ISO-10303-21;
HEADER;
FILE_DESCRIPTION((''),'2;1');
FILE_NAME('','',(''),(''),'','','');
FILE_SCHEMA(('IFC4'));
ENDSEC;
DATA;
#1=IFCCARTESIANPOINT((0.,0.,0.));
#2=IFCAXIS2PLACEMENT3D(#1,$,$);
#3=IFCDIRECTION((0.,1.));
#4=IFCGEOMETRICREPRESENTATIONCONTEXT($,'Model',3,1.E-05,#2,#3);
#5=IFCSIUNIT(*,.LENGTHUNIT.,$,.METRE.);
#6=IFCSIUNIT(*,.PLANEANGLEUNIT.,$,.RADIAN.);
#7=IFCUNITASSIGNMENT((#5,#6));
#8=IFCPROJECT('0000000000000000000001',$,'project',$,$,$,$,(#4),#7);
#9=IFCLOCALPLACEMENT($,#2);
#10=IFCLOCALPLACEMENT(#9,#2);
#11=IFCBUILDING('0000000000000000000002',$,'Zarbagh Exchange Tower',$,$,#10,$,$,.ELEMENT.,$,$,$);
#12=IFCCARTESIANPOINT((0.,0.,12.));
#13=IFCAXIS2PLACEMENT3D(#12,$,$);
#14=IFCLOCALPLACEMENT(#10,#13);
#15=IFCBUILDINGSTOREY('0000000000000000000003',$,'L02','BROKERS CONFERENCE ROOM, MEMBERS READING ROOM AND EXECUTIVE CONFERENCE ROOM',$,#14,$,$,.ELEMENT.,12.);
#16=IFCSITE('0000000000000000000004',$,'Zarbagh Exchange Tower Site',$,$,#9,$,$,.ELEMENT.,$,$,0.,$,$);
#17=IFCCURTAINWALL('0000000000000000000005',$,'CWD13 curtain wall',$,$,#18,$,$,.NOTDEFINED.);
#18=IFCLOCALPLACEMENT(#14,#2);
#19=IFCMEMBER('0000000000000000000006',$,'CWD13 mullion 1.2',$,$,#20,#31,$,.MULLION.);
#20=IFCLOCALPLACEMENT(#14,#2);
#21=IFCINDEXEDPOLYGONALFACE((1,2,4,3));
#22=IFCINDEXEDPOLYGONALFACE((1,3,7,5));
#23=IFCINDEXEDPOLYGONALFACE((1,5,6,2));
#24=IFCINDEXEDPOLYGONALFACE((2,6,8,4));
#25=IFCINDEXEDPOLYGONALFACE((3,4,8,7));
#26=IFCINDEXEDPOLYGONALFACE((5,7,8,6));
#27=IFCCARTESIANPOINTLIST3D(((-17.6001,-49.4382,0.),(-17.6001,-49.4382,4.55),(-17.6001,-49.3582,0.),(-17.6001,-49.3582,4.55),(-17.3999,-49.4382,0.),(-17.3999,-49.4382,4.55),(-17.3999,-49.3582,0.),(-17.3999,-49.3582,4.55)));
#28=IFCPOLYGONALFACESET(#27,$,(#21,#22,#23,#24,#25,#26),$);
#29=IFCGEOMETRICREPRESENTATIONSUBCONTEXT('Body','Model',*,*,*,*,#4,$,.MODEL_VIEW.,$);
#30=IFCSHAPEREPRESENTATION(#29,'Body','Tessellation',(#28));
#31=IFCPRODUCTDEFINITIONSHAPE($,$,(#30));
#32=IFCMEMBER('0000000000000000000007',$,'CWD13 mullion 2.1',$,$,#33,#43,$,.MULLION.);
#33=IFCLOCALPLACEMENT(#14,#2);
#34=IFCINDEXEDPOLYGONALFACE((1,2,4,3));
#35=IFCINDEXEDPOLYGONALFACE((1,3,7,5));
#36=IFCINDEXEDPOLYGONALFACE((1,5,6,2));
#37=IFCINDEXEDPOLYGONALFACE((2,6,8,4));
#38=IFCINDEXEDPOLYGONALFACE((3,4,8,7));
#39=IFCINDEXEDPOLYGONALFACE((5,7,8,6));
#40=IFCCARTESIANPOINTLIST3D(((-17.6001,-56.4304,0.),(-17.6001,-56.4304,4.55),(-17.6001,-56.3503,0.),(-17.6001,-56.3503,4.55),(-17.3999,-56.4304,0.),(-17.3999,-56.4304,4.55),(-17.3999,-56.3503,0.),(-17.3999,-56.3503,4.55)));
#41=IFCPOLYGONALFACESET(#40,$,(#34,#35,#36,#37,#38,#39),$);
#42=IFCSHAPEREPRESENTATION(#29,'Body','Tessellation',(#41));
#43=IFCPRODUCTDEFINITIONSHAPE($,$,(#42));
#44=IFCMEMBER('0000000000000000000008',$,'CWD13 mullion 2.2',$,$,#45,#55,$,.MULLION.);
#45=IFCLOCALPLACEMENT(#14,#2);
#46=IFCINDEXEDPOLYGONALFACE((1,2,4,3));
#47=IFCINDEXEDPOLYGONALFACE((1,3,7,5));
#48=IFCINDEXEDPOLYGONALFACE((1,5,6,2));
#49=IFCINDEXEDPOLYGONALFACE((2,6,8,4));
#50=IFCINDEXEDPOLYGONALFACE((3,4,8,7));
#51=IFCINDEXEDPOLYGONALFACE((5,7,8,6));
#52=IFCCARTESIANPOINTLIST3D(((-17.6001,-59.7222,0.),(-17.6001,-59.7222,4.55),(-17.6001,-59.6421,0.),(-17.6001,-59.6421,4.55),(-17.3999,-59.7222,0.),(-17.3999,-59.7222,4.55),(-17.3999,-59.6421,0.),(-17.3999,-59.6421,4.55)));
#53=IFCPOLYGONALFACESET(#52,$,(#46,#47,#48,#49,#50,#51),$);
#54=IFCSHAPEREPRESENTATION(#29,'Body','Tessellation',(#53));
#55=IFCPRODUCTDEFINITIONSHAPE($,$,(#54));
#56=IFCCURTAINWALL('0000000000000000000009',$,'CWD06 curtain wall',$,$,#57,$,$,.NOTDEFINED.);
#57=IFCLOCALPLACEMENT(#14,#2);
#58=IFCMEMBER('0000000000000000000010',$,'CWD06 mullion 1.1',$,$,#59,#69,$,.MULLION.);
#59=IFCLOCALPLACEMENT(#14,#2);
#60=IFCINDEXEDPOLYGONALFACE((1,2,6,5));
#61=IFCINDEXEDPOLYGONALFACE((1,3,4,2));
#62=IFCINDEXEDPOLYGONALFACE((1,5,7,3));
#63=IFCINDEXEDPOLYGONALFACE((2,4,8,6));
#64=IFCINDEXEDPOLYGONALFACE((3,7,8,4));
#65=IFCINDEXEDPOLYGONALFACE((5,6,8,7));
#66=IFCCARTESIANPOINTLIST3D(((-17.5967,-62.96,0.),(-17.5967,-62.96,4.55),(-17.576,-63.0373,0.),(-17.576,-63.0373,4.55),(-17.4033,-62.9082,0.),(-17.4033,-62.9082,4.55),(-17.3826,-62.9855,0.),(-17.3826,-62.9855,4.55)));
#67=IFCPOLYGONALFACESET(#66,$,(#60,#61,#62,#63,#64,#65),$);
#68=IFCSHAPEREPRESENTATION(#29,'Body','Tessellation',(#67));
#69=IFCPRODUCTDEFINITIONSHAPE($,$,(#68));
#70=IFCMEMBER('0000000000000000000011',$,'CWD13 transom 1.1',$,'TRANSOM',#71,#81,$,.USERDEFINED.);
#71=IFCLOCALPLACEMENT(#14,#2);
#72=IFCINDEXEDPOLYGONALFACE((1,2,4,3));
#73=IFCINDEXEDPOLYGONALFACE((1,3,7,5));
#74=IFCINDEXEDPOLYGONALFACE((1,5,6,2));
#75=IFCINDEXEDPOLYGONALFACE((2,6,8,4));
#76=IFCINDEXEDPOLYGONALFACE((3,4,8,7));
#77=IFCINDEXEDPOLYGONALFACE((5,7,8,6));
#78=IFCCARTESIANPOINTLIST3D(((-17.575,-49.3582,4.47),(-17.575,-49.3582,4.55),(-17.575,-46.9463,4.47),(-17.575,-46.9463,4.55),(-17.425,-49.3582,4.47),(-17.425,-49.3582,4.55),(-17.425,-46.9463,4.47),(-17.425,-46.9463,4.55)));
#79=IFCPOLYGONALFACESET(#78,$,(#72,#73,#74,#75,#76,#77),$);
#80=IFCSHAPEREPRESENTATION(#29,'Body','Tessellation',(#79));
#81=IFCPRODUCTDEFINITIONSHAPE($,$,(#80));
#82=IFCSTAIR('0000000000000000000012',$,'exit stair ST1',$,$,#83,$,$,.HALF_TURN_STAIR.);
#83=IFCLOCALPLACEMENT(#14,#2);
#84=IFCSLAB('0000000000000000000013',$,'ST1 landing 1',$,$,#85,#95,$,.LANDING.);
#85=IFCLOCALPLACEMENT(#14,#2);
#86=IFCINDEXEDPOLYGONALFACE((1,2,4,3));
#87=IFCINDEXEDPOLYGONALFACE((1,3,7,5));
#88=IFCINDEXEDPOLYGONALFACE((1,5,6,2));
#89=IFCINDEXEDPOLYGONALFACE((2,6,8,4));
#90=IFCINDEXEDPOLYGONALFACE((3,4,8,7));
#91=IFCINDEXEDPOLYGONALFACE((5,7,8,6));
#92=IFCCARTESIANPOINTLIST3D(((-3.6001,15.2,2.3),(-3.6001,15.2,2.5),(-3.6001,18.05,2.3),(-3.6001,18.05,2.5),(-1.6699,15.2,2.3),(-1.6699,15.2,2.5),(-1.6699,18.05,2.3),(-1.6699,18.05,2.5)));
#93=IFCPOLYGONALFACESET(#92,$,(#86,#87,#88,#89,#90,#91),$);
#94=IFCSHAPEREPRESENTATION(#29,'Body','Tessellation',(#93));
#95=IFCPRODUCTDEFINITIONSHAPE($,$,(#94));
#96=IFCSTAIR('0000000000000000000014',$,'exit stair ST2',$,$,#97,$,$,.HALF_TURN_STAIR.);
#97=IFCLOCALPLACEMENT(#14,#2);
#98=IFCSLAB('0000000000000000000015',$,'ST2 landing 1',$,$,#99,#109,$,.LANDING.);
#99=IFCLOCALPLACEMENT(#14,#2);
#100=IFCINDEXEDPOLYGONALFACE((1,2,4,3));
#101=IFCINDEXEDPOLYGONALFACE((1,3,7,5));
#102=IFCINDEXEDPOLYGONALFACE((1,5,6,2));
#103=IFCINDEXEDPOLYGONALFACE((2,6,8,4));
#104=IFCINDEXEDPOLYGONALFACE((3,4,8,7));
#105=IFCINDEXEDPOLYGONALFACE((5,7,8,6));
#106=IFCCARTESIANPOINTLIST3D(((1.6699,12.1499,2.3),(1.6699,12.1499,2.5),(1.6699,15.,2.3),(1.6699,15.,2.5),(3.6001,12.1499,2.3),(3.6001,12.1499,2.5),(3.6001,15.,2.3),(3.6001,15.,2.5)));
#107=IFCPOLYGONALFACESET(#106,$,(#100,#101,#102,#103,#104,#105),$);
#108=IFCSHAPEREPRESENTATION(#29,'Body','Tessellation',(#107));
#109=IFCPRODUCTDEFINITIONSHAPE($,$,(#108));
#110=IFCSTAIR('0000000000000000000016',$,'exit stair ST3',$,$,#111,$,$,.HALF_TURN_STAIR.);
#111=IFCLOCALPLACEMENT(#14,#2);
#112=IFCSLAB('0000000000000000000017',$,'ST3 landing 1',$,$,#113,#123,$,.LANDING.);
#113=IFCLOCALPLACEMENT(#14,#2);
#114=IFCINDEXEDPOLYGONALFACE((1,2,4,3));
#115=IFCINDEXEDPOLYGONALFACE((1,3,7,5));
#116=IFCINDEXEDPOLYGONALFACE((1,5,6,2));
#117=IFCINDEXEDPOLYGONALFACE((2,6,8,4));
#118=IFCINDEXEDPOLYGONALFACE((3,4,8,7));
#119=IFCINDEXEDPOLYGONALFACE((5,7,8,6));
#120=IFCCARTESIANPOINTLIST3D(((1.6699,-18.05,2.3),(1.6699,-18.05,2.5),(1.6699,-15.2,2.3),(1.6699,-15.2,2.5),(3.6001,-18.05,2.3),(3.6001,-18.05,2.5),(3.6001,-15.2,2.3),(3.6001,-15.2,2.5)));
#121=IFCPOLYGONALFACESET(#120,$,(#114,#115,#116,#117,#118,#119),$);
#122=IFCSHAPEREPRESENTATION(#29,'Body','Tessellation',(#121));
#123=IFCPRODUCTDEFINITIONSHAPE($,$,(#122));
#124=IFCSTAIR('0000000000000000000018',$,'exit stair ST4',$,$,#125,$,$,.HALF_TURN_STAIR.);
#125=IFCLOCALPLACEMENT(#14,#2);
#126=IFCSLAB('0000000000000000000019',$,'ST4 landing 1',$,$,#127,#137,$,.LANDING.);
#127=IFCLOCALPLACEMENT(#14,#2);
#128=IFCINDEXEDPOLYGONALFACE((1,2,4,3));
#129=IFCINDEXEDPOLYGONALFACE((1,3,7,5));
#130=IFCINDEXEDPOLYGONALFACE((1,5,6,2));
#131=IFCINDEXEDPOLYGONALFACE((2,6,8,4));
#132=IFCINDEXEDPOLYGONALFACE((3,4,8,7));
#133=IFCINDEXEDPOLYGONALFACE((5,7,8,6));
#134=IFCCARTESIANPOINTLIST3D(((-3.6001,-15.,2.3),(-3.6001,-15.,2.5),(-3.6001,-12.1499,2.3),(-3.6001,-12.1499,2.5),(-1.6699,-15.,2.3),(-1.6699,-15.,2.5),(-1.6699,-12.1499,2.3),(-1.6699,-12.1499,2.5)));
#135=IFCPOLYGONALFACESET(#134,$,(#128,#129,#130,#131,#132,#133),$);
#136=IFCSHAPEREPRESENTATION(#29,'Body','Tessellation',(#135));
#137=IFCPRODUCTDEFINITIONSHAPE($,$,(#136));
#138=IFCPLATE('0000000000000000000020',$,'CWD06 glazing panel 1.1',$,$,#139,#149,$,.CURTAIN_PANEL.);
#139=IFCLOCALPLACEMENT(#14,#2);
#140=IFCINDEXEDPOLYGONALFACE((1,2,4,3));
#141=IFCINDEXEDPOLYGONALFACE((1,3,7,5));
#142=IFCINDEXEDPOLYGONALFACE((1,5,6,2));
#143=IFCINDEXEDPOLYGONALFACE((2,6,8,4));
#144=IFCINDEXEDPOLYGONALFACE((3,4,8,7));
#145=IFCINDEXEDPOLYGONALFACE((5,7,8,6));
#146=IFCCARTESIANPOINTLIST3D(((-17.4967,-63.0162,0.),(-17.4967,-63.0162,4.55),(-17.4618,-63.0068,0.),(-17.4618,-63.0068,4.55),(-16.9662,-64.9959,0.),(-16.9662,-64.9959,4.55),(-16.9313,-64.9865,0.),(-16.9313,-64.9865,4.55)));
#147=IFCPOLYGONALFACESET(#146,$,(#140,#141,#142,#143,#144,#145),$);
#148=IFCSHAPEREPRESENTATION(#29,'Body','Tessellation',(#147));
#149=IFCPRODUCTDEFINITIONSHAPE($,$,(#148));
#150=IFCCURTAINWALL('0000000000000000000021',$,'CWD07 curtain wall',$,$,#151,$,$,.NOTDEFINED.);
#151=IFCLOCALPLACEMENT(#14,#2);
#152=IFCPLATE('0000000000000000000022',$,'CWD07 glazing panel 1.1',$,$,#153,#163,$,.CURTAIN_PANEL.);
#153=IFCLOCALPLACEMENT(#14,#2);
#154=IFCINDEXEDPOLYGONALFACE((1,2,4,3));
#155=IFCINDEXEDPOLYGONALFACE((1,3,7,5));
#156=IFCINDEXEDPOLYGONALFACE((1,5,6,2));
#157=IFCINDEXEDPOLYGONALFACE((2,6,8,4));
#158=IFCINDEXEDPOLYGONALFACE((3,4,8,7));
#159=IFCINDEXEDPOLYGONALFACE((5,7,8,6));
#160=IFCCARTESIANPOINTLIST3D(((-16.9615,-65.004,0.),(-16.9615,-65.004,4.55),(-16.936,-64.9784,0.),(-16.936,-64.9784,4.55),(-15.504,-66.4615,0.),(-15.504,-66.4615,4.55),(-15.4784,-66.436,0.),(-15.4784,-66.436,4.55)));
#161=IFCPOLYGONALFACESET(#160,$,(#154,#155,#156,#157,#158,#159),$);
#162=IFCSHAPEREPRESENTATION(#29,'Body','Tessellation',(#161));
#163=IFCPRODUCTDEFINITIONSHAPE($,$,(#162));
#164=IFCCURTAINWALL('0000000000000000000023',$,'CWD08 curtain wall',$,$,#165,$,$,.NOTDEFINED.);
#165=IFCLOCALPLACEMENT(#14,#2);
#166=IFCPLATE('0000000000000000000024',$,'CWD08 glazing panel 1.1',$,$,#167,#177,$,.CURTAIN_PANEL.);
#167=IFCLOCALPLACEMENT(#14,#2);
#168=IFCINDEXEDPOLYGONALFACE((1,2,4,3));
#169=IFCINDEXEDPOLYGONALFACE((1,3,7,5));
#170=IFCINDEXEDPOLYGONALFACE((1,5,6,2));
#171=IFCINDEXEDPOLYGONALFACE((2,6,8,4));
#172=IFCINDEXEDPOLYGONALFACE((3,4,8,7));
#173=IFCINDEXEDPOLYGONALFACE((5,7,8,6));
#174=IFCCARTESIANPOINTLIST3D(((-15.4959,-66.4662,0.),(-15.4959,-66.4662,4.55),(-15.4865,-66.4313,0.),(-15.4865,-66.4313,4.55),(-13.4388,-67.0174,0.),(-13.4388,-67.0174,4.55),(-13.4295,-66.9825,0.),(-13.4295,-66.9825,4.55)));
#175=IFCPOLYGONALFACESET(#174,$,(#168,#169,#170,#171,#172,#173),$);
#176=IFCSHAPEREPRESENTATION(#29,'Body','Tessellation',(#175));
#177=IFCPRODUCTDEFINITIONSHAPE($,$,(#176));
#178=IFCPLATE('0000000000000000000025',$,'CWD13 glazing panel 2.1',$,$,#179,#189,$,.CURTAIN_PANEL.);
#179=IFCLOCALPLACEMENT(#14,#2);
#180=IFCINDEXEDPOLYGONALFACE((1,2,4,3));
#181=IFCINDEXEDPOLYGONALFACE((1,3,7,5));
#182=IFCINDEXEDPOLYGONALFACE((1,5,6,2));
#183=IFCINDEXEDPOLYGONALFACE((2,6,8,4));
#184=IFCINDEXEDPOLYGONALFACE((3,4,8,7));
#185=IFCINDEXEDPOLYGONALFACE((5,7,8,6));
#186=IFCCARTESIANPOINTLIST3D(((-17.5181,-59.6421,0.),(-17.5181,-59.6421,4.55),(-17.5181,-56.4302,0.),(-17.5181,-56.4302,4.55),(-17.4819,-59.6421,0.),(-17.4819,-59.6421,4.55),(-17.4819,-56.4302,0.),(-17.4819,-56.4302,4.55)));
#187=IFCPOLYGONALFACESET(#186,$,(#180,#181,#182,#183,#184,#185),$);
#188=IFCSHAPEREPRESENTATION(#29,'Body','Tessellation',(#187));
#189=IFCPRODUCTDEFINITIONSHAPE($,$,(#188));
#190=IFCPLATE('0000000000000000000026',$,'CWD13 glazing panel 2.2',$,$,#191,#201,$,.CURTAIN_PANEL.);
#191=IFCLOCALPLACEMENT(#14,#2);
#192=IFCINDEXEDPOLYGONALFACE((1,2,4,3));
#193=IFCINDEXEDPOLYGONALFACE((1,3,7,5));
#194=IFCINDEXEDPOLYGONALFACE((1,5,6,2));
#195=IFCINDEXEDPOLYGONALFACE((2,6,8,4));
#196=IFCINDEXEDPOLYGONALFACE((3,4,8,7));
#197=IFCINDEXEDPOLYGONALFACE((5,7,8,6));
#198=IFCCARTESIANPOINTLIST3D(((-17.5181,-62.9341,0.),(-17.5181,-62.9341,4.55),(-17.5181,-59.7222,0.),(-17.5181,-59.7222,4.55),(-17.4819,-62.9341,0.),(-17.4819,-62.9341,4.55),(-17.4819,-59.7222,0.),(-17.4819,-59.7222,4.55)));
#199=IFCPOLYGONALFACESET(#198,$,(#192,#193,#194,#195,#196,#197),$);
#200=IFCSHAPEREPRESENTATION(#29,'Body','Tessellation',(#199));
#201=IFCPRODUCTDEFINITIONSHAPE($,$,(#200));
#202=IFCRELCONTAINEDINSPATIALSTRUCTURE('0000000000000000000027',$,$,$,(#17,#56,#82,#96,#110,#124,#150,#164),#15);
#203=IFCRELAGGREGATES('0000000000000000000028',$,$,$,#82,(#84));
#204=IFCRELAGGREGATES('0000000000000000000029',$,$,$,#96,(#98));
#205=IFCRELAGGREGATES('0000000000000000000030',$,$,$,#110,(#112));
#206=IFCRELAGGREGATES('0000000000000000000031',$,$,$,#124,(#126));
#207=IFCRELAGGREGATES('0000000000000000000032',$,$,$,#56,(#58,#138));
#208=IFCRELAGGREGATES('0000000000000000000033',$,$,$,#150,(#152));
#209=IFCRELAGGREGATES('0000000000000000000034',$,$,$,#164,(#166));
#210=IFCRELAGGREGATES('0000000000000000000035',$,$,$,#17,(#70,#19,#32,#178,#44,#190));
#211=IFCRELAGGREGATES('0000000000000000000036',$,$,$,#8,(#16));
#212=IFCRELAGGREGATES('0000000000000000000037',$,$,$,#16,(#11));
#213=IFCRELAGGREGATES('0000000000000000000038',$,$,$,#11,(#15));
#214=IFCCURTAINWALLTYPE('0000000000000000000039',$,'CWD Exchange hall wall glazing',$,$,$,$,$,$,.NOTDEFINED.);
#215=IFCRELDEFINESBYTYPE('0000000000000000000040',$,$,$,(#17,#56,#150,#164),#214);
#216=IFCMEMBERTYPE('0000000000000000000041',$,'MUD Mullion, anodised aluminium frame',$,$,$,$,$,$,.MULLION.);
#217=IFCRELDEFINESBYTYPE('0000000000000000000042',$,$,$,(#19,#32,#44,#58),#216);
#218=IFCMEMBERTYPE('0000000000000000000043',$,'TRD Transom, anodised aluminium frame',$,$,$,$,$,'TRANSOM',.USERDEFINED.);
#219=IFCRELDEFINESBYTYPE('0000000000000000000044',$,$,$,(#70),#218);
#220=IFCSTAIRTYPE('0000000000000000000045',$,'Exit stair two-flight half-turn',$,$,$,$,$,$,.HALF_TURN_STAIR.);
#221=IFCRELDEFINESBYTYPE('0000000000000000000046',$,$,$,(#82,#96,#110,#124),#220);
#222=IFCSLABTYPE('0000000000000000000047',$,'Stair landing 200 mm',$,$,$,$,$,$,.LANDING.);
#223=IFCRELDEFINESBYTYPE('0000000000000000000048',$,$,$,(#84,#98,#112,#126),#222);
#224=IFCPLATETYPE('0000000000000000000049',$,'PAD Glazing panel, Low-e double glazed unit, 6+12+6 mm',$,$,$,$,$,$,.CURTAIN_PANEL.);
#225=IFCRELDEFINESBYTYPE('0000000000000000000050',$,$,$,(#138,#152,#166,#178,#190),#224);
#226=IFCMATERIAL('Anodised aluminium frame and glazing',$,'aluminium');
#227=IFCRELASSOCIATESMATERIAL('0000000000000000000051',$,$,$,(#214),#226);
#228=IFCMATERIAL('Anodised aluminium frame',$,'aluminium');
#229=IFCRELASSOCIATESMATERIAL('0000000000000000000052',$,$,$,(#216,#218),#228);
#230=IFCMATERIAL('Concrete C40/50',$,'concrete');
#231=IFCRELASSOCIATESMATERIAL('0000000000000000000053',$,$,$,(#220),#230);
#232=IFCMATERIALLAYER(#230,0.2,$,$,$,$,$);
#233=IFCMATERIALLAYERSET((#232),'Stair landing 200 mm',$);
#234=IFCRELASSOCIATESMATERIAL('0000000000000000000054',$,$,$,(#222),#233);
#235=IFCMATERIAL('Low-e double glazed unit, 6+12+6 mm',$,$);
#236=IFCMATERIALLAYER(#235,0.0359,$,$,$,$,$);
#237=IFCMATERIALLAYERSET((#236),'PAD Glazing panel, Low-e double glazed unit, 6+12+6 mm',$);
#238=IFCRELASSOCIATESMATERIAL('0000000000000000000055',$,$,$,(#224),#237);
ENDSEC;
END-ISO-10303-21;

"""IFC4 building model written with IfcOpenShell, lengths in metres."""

from ifc_helpers import new_model, si_unit, direction, frame, origin, place, context, subcontext, project, spatial, polyline, outline, extrude, source, transform, mapped, material, layer, layer_set, type_object, element, aggregate, save


model = new_model("IFC4")

# Units and contexts
model_context = context("Model", 3, precision=1e-05, world=origin(), true_north=direction((0.0, 1.0)))
body_context = subcontext(model_context, "Body", "Model", "MODEL_VIEW")
ifc_project = project(units=[si_unit("LENGTHUNIT", "METRE"), si_unit("PLANEANGLEUNIT", "RADIAN")], contexts=[model_context])

# Site, building, storey
site_placement = place(None, origin())
site = spatial("IfcSite", under=ifc_project, at=site_placement, Name="Zarbagh Exchange Tower Site", CompositionType="ELEMENT", RefElevation=0.0)
building_placement = place(site_placement, origin())
building = spatial("IfcBuilding", under=site, at=building_placement, Name="Zarbagh Exchange Tower", CompositionType="ELEMENT")
storey_placement = place(building_placement, frame((0.0, 0.0, 12.0)))
storey = spatial("IfcBuildingStorey", under=building, at=storey_placement, Name="L02", Description="BROKERS CONFERENCE ROOM, MEMBERS READING ROOM AND EXECUTIVE CONFERENCE ROOM", CompositionType="ELEMENT", Elevation=12.0)

# Curtain wall, members
ifc_material_1 = material(Name="Anodised aluminium frame and glazing", Category="aluminium")
curtain_wall_type = type_object("IfcCurtainWallType", Name="CWD Exchange hall wall glazing", PredefinedType="NOTDEFINED", material=ifc_material_1)
curtain_wall_1_placement = place(storey_placement, origin())
curtain_wall_1 = element("IfcCurtainWall", 1, at=curtain_wall_1_placement, inside=storey, type_object=curtain_wall_type, Name="CWD13 curtain wall", PredefinedType="NOTDEFINED")
ifc_material_2 = material(Name="Anodised aluminium frame", Category="aluminium")
member_type_1 = type_object("IfcMemberType", Name="MUD Mullion, anodised aluminium frame", PredefinedType="MULLION", material=ifc_material_2)
shared_shape_1 = source(origin(), body_context, "Body", "SweptSolid", [
    extrude(outline(polyline([(0.0, -0.1001), (0.0801, -0.1001), (0.0801, 0.1001), (0.0, 0.1001), (0.0, -0.1001)])), origin(), (0.0, 0.0, 1.0), 4.55),
])
placement = place(storey_placement, origin())
member_1 = element("IfcMember", 2, at=placement, type_object=member_type_1, Name="CWD13 mullion 1.2", PredefinedType="MULLION", context=body_context, shape_type="MappedRepresentation", body=[
    mapped(shared_shape_1, transform((-17.5, -49.3582, 0.0), x_axis=(0.0, -1.0, 0.0), y_axis=(1.0, 0.0, 0.0), z_axis=(0.0, 0.0, 1.0))),
])
member_2 = element("IfcMember", 3, at=placement, type_object=member_type_1, Name="CWD13 mullion 2.1", PredefinedType="MULLION", context=body_context, shape_type="MappedRepresentation", body=[
    mapped(shared_shape_1, transform((-17.5, -56.3503, 0.0), x_axis=(0.0, -1.0, 0.0), y_axis=(1.0, 0.0, 0.0), z_axis=(0.0, 0.0, 1.0))),
])
member_3 = element("IfcMember", 4, at=placement, type_object=member_type_1, Name="CWD13 mullion 2.2", PredefinedType="MULLION", context=body_context, shape_type="MappedRepresentation", body=[
    mapped(shared_shape_1, transform((-17.5, -59.6421, 0.0), x_axis=(0.0, -1.0, 0.0), y_axis=(1.0, 0.0, 0.0), z_axis=(0.0, 0.0, 1.0))),
])

# Curtain wall, member
curtain_wall_2_placement = place(storey_placement, origin())
curtain_wall_2 = element("IfcCurtainWall", 5, at=curtain_wall_2_placement, inside=storey, type_object=curtain_wall_type, Name="CWD06 curtain wall", PredefinedType="NOTDEFINED")
member_4 = element("IfcMember", 6, at=placement, type_object=member_type_1, Name="CWD06 mullion 1.1", PredefinedType="MULLION", context=body_context, shape_type="MappedRepresentation", body=[
    mapped(shared_shape_1, transform((-17.5, -62.9341, 0.0), x_axis=(0.258825, -0.965924, 0.0), y_axis=(0.965924, 0.258825, 0.0), z_axis=(0.0, 0.0, 1.0))),
])

# Member
member_type_2 = type_object("IfcMemberType", Name="TRD Transom, anodised aluminium frame", ElementType="TRANSOM", PredefinedType="USERDEFINED", material=ifc_material_2)
shared_shape_2 = source(origin(), body_context, "Body", "SweptSolid", [
    extrude(outline(polyline([(-0.0801, -0.075), (0.0, -0.075), (0.0, 0.075), (-0.0801, 0.075), (-0.0801, -0.075)])), origin(), (0.0, 0.0, 1.0), 2.4119),
])
member_5 = element("IfcMember", 7, at=placement, type_object=member_type_2, Name="CWD13 transom 1.1", ObjectType="TRANSOM", PredefinedType="USERDEFINED", context=body_context, shape_type="MappedRepresentation", body=[
    mapped(shared_shape_2, transform((-17.5, -46.9463, 4.55), x_axis=(0.0, 0.0, 1.0), y_axis=(-1.0, 0.0, 0.0), z_axis=(0.0, -1.0, 0.0))),
])

# Stairs, slabs
ifc_material_3 = material(Name="Concrete C40/50", Category="concrete")
stair_type = type_object("IfcStairType", Name="Exit stair two-flight half-turn", PredefinedType="HALF_TURN_STAIR", material=ifc_material_3)
stair_1_placement = place(storey_placement, origin())
stair_1 = element("IfcStair", 8, at=stair_1_placement, inside=storey, type_object=stair_type, Name="exit stair ST1", PredefinedType="HALF_TURN_STAIR")
ifc_layer_1 = layer(ifc_material_3, 0.2)
ifc_layer_set_1 = layer_set([ifc_layer_1], Name="Stair landing 200 mm")
slab_type = type_object("IfcSlabType", Name="Stair landing 200 mm", PredefinedType="LANDING", material=ifc_layer_set_1)
slab_1_placement = place(storey_placement, frame((0.0, 0.0, 2.3)))
slab_1 = element("IfcSlab", 9, at=slab_1_placement, type_object=slab_type, Name="ST1 landing 1", PredefinedType="LANDING", context=body_context, shape_type="SweptSolid", body=[
    extrude(outline(polyline([(-1.6699, 18.05), (-3.6001, 18.05), (-3.6001, 15.2), (-1.6699, 15.2), (-1.6699, 18.05)])), origin(), (0.0, 0.0, 1.0), 0.2),
])
aggregate(stair_1, [slab_1])
stair_2_placement = place(storey_placement, origin())
stair_2 = element("IfcStair", 10, at=stair_2_placement, inside=storey, type_object=stair_type, Name="exit stair ST2", PredefinedType="HALF_TURN_STAIR")
slab_2_placement = place(storey_placement, frame((0.0, 0.0, 2.3)))
slab_2 = element("IfcSlab", 11, at=slab_2_placement, type_object=slab_type, Name="ST2 landing 1", PredefinedType="LANDING", context=body_context, shape_type="SweptSolid", body=[
    extrude(outline(polyline([(1.6699, 12.1499), (3.6001, 12.1499), (3.6001, 15.0), (1.6699, 15.0), (1.6699, 12.1499)])), origin(), (0.0, 0.0, 1.0), 0.2),
])
aggregate(stair_2, [slab_2])
stair_3_placement = place(storey_placement, origin())
stair_3 = element("IfcStair", 12, at=stair_3_placement, inside=storey, type_object=stair_type, Name="exit stair ST3", PredefinedType="HALF_TURN_STAIR")
slab_3_placement = place(storey_placement, frame((0.0, 0.0, 2.3)))
slab_3 = element("IfcSlab", 13, at=slab_3_placement, type_object=slab_type, Name="ST3 landing 1", PredefinedType="LANDING", context=body_context, shape_type="SweptSolid", body=[
    extrude(outline(polyline([(1.6699, -18.05), (3.6001, -18.05), (3.6001, -15.2), (1.6699, -15.2), (1.6699, -18.05)])), origin(), (0.0, 0.0, 1.0), 0.2),
])
aggregate(stair_3, [slab_3])
stair_4_placement = place(storey_placement, origin())
stair_4 = element("IfcStair", 14, at=stair_4_placement, inside=storey, type_object=stair_type, Name="exit stair ST4", PredefinedType="HALF_TURN_STAIR")
slab_4_placement = place(storey_placement, frame((0.0, 0.0, 2.3)))
slab_4 = element("IfcSlab", 15, at=slab_4_placement, type_object=slab_type, Name="ST4 landing 1", PredefinedType="LANDING", context=body_context, shape_type="SweptSolid", body=[
    extrude(outline(polyline([(-1.6699, -12.1499), (-3.6001, -12.1499), (-3.6001, -15.0), (-1.6699, -15.0), (-1.6699, -12.1499)])), origin(), (0.0, 0.0, 1.0), 0.2),
])
aggregate(stair_4, [slab_4])

# Plate
ifc_material_4 = material(Name="Low-e double glazed unit, 6+12+6 mm")
ifc_layer_2 = layer(ifc_material_4, 0.0359)
ifc_layer_set_2 = layer_set([ifc_layer_2], Name="PAD Glazing panel, Low-e double glazed unit, 6+12+6 mm")
plate_type = type_object("IfcPlateType", Name="PAD Glazing panel, Low-e double glazed unit, 6+12+6 mm", PredefinedType="CURTAIN_PANEL", material=ifc_layer_set_2)
shared_shape_3 = source(origin(), body_context, "Body", "SweptSolid", [
    extrude(outline(polyline([(0.0, -0.0181), (2.0496, -0.0181), (2.0496, 0.0181), (0.0, 0.0181), (0.0, -0.0181)])), origin(), (0.0, 0.0, 1.0), 4.55),
])
plate_1 = element("IfcPlate", 16, at=placement, type_object=plate_type, Name="CWD06 glazing panel 1.1", PredefinedType="CURTAIN_PANEL", context=body_context, shape_type="MappedRepresentation", body=[
    mapped(shared_shape_3, transform((-17.4792, -63.0115, 0.0), x_axis=(0.258825, -0.965924, 0.0), y_axis=(0.965924, 0.258825, 0.0), z_axis=(0.0, 0.0, 1.0))),
])
aggregate(curtain_wall_2, [member_4, plate_1])

# Curtain walls, plates
curtain_wall_3_placement = place(storey_placement, origin())
curtain_wall_3 = element("IfcCurtainWall", 17, at=curtain_wall_3_placement, inside=storey, type_object=curtain_wall_type, Name="CWD07 curtain wall", PredefinedType="NOTDEFINED")
shared_shape_4 = source(origin(), body_context, "Body", "SweptSolid", [
    extrude(outline(polyline([(0.0, -0.0181), (2.0613, -0.0181), (2.0613, 0.0181), (0.0, 0.0181), (0.0, -0.0181)])), origin(), (0.0, 0.0, 1.0), 4.55),
])
plate_2 = element("IfcPlate", 18, at=placement, type_object=plate_type, Name="CWD07 glazing panel 1.1", PredefinedType="CURTAIN_PANEL", context=body_context, shape_type="MappedRepresentation", body=[
    mapped(shared_shape_4, transform((-16.9487, -64.9912, 0.0), x_axis=(0.707107, -0.707107, 0.0), y_axis=(0.707107, 0.707107, 0.0), z_axis=(0.0, 0.0, 1.0))),
])
aggregate(curtain_wall_3, [plate_2])
curtain_wall_4_placement = place(storey_placement, origin())
curtain_wall_4 = element("IfcCurtainWall", 19, at=curtain_wall_4_placement, inside=storey, type_object=curtain_wall_type, Name="CWD08 curtain wall", PredefinedType="NOTDEFINED")
shared_shape_5 = source(origin(), body_context, "Body", "SweptSolid", [
    extrude(outline(polyline([(0.0, -0.0181), (2.1296, -0.0181), (2.1296, 0.0181), (0.0, 0.0181), (0.0, -0.0181)])), origin(), (0.0, 0.0, 1.0), 4.55),
])
plate_3 = element("IfcPlate", 20, at=placement, type_object=plate_type, Name="CWD08 glazing panel 1.1", PredefinedType="CURTAIN_PANEL", context=body_context, shape_type="MappedRepresentation", body=[
    mapped(shared_shape_5, transform((-15.4912, -66.4487, 0.0), x_axis=(0.965924, -0.258825, 0.0), y_axis=(0.258825, 0.965924, 0.0), z_axis=(0.0, 0.0, 1.0))),
])
aggregate(curtain_wall_4, [plate_3])

# Plates
shared_shape_6 = source(origin(), body_context, "Body", "SweptSolid", [
    extrude(outline(polyline([(0.0, -0.0181), (3.2119, -0.0181), (3.2119, 0.0181), (0.0, 0.0181), (0.0, -0.0181)])), origin(), (0.0, 0.0, 1.0), 4.55),
])
plate_4 = element("IfcPlate", 21, at=placement, type_object=plate_type, Name="CWD13 glazing panel 2.1", PredefinedType="CURTAIN_PANEL", context=body_context, shape_type="MappedRepresentation", body=[
    mapped(shared_shape_6, transform((-17.5, -56.4302, 0.0), x_axis=(0.0, -1.0, 0.0), y_axis=(1.0, 0.0, 0.0), z_axis=(0.0, 0.0, 1.0))),
])
plate_5 = element("IfcPlate", 22, at=placement, type_object=plate_type, Name="CWD13 glazing panel 2.2", PredefinedType="CURTAIN_PANEL", context=body_context, shape_type="MappedRepresentation", body=[
    mapped(shared_shape_6, transform((-17.5, -59.7222, 0.0), x_axis=(0.0, -1.0, 0.0), y_axis=(1.0, 0.0, 0.0), z_axis=(0.0, 0.0, 1.0))),
])
aggregate(curtain_wall_1, [member_5, member_1, member_2, plate_4, member_3, plate_5])

save(model, "model.ifc")
